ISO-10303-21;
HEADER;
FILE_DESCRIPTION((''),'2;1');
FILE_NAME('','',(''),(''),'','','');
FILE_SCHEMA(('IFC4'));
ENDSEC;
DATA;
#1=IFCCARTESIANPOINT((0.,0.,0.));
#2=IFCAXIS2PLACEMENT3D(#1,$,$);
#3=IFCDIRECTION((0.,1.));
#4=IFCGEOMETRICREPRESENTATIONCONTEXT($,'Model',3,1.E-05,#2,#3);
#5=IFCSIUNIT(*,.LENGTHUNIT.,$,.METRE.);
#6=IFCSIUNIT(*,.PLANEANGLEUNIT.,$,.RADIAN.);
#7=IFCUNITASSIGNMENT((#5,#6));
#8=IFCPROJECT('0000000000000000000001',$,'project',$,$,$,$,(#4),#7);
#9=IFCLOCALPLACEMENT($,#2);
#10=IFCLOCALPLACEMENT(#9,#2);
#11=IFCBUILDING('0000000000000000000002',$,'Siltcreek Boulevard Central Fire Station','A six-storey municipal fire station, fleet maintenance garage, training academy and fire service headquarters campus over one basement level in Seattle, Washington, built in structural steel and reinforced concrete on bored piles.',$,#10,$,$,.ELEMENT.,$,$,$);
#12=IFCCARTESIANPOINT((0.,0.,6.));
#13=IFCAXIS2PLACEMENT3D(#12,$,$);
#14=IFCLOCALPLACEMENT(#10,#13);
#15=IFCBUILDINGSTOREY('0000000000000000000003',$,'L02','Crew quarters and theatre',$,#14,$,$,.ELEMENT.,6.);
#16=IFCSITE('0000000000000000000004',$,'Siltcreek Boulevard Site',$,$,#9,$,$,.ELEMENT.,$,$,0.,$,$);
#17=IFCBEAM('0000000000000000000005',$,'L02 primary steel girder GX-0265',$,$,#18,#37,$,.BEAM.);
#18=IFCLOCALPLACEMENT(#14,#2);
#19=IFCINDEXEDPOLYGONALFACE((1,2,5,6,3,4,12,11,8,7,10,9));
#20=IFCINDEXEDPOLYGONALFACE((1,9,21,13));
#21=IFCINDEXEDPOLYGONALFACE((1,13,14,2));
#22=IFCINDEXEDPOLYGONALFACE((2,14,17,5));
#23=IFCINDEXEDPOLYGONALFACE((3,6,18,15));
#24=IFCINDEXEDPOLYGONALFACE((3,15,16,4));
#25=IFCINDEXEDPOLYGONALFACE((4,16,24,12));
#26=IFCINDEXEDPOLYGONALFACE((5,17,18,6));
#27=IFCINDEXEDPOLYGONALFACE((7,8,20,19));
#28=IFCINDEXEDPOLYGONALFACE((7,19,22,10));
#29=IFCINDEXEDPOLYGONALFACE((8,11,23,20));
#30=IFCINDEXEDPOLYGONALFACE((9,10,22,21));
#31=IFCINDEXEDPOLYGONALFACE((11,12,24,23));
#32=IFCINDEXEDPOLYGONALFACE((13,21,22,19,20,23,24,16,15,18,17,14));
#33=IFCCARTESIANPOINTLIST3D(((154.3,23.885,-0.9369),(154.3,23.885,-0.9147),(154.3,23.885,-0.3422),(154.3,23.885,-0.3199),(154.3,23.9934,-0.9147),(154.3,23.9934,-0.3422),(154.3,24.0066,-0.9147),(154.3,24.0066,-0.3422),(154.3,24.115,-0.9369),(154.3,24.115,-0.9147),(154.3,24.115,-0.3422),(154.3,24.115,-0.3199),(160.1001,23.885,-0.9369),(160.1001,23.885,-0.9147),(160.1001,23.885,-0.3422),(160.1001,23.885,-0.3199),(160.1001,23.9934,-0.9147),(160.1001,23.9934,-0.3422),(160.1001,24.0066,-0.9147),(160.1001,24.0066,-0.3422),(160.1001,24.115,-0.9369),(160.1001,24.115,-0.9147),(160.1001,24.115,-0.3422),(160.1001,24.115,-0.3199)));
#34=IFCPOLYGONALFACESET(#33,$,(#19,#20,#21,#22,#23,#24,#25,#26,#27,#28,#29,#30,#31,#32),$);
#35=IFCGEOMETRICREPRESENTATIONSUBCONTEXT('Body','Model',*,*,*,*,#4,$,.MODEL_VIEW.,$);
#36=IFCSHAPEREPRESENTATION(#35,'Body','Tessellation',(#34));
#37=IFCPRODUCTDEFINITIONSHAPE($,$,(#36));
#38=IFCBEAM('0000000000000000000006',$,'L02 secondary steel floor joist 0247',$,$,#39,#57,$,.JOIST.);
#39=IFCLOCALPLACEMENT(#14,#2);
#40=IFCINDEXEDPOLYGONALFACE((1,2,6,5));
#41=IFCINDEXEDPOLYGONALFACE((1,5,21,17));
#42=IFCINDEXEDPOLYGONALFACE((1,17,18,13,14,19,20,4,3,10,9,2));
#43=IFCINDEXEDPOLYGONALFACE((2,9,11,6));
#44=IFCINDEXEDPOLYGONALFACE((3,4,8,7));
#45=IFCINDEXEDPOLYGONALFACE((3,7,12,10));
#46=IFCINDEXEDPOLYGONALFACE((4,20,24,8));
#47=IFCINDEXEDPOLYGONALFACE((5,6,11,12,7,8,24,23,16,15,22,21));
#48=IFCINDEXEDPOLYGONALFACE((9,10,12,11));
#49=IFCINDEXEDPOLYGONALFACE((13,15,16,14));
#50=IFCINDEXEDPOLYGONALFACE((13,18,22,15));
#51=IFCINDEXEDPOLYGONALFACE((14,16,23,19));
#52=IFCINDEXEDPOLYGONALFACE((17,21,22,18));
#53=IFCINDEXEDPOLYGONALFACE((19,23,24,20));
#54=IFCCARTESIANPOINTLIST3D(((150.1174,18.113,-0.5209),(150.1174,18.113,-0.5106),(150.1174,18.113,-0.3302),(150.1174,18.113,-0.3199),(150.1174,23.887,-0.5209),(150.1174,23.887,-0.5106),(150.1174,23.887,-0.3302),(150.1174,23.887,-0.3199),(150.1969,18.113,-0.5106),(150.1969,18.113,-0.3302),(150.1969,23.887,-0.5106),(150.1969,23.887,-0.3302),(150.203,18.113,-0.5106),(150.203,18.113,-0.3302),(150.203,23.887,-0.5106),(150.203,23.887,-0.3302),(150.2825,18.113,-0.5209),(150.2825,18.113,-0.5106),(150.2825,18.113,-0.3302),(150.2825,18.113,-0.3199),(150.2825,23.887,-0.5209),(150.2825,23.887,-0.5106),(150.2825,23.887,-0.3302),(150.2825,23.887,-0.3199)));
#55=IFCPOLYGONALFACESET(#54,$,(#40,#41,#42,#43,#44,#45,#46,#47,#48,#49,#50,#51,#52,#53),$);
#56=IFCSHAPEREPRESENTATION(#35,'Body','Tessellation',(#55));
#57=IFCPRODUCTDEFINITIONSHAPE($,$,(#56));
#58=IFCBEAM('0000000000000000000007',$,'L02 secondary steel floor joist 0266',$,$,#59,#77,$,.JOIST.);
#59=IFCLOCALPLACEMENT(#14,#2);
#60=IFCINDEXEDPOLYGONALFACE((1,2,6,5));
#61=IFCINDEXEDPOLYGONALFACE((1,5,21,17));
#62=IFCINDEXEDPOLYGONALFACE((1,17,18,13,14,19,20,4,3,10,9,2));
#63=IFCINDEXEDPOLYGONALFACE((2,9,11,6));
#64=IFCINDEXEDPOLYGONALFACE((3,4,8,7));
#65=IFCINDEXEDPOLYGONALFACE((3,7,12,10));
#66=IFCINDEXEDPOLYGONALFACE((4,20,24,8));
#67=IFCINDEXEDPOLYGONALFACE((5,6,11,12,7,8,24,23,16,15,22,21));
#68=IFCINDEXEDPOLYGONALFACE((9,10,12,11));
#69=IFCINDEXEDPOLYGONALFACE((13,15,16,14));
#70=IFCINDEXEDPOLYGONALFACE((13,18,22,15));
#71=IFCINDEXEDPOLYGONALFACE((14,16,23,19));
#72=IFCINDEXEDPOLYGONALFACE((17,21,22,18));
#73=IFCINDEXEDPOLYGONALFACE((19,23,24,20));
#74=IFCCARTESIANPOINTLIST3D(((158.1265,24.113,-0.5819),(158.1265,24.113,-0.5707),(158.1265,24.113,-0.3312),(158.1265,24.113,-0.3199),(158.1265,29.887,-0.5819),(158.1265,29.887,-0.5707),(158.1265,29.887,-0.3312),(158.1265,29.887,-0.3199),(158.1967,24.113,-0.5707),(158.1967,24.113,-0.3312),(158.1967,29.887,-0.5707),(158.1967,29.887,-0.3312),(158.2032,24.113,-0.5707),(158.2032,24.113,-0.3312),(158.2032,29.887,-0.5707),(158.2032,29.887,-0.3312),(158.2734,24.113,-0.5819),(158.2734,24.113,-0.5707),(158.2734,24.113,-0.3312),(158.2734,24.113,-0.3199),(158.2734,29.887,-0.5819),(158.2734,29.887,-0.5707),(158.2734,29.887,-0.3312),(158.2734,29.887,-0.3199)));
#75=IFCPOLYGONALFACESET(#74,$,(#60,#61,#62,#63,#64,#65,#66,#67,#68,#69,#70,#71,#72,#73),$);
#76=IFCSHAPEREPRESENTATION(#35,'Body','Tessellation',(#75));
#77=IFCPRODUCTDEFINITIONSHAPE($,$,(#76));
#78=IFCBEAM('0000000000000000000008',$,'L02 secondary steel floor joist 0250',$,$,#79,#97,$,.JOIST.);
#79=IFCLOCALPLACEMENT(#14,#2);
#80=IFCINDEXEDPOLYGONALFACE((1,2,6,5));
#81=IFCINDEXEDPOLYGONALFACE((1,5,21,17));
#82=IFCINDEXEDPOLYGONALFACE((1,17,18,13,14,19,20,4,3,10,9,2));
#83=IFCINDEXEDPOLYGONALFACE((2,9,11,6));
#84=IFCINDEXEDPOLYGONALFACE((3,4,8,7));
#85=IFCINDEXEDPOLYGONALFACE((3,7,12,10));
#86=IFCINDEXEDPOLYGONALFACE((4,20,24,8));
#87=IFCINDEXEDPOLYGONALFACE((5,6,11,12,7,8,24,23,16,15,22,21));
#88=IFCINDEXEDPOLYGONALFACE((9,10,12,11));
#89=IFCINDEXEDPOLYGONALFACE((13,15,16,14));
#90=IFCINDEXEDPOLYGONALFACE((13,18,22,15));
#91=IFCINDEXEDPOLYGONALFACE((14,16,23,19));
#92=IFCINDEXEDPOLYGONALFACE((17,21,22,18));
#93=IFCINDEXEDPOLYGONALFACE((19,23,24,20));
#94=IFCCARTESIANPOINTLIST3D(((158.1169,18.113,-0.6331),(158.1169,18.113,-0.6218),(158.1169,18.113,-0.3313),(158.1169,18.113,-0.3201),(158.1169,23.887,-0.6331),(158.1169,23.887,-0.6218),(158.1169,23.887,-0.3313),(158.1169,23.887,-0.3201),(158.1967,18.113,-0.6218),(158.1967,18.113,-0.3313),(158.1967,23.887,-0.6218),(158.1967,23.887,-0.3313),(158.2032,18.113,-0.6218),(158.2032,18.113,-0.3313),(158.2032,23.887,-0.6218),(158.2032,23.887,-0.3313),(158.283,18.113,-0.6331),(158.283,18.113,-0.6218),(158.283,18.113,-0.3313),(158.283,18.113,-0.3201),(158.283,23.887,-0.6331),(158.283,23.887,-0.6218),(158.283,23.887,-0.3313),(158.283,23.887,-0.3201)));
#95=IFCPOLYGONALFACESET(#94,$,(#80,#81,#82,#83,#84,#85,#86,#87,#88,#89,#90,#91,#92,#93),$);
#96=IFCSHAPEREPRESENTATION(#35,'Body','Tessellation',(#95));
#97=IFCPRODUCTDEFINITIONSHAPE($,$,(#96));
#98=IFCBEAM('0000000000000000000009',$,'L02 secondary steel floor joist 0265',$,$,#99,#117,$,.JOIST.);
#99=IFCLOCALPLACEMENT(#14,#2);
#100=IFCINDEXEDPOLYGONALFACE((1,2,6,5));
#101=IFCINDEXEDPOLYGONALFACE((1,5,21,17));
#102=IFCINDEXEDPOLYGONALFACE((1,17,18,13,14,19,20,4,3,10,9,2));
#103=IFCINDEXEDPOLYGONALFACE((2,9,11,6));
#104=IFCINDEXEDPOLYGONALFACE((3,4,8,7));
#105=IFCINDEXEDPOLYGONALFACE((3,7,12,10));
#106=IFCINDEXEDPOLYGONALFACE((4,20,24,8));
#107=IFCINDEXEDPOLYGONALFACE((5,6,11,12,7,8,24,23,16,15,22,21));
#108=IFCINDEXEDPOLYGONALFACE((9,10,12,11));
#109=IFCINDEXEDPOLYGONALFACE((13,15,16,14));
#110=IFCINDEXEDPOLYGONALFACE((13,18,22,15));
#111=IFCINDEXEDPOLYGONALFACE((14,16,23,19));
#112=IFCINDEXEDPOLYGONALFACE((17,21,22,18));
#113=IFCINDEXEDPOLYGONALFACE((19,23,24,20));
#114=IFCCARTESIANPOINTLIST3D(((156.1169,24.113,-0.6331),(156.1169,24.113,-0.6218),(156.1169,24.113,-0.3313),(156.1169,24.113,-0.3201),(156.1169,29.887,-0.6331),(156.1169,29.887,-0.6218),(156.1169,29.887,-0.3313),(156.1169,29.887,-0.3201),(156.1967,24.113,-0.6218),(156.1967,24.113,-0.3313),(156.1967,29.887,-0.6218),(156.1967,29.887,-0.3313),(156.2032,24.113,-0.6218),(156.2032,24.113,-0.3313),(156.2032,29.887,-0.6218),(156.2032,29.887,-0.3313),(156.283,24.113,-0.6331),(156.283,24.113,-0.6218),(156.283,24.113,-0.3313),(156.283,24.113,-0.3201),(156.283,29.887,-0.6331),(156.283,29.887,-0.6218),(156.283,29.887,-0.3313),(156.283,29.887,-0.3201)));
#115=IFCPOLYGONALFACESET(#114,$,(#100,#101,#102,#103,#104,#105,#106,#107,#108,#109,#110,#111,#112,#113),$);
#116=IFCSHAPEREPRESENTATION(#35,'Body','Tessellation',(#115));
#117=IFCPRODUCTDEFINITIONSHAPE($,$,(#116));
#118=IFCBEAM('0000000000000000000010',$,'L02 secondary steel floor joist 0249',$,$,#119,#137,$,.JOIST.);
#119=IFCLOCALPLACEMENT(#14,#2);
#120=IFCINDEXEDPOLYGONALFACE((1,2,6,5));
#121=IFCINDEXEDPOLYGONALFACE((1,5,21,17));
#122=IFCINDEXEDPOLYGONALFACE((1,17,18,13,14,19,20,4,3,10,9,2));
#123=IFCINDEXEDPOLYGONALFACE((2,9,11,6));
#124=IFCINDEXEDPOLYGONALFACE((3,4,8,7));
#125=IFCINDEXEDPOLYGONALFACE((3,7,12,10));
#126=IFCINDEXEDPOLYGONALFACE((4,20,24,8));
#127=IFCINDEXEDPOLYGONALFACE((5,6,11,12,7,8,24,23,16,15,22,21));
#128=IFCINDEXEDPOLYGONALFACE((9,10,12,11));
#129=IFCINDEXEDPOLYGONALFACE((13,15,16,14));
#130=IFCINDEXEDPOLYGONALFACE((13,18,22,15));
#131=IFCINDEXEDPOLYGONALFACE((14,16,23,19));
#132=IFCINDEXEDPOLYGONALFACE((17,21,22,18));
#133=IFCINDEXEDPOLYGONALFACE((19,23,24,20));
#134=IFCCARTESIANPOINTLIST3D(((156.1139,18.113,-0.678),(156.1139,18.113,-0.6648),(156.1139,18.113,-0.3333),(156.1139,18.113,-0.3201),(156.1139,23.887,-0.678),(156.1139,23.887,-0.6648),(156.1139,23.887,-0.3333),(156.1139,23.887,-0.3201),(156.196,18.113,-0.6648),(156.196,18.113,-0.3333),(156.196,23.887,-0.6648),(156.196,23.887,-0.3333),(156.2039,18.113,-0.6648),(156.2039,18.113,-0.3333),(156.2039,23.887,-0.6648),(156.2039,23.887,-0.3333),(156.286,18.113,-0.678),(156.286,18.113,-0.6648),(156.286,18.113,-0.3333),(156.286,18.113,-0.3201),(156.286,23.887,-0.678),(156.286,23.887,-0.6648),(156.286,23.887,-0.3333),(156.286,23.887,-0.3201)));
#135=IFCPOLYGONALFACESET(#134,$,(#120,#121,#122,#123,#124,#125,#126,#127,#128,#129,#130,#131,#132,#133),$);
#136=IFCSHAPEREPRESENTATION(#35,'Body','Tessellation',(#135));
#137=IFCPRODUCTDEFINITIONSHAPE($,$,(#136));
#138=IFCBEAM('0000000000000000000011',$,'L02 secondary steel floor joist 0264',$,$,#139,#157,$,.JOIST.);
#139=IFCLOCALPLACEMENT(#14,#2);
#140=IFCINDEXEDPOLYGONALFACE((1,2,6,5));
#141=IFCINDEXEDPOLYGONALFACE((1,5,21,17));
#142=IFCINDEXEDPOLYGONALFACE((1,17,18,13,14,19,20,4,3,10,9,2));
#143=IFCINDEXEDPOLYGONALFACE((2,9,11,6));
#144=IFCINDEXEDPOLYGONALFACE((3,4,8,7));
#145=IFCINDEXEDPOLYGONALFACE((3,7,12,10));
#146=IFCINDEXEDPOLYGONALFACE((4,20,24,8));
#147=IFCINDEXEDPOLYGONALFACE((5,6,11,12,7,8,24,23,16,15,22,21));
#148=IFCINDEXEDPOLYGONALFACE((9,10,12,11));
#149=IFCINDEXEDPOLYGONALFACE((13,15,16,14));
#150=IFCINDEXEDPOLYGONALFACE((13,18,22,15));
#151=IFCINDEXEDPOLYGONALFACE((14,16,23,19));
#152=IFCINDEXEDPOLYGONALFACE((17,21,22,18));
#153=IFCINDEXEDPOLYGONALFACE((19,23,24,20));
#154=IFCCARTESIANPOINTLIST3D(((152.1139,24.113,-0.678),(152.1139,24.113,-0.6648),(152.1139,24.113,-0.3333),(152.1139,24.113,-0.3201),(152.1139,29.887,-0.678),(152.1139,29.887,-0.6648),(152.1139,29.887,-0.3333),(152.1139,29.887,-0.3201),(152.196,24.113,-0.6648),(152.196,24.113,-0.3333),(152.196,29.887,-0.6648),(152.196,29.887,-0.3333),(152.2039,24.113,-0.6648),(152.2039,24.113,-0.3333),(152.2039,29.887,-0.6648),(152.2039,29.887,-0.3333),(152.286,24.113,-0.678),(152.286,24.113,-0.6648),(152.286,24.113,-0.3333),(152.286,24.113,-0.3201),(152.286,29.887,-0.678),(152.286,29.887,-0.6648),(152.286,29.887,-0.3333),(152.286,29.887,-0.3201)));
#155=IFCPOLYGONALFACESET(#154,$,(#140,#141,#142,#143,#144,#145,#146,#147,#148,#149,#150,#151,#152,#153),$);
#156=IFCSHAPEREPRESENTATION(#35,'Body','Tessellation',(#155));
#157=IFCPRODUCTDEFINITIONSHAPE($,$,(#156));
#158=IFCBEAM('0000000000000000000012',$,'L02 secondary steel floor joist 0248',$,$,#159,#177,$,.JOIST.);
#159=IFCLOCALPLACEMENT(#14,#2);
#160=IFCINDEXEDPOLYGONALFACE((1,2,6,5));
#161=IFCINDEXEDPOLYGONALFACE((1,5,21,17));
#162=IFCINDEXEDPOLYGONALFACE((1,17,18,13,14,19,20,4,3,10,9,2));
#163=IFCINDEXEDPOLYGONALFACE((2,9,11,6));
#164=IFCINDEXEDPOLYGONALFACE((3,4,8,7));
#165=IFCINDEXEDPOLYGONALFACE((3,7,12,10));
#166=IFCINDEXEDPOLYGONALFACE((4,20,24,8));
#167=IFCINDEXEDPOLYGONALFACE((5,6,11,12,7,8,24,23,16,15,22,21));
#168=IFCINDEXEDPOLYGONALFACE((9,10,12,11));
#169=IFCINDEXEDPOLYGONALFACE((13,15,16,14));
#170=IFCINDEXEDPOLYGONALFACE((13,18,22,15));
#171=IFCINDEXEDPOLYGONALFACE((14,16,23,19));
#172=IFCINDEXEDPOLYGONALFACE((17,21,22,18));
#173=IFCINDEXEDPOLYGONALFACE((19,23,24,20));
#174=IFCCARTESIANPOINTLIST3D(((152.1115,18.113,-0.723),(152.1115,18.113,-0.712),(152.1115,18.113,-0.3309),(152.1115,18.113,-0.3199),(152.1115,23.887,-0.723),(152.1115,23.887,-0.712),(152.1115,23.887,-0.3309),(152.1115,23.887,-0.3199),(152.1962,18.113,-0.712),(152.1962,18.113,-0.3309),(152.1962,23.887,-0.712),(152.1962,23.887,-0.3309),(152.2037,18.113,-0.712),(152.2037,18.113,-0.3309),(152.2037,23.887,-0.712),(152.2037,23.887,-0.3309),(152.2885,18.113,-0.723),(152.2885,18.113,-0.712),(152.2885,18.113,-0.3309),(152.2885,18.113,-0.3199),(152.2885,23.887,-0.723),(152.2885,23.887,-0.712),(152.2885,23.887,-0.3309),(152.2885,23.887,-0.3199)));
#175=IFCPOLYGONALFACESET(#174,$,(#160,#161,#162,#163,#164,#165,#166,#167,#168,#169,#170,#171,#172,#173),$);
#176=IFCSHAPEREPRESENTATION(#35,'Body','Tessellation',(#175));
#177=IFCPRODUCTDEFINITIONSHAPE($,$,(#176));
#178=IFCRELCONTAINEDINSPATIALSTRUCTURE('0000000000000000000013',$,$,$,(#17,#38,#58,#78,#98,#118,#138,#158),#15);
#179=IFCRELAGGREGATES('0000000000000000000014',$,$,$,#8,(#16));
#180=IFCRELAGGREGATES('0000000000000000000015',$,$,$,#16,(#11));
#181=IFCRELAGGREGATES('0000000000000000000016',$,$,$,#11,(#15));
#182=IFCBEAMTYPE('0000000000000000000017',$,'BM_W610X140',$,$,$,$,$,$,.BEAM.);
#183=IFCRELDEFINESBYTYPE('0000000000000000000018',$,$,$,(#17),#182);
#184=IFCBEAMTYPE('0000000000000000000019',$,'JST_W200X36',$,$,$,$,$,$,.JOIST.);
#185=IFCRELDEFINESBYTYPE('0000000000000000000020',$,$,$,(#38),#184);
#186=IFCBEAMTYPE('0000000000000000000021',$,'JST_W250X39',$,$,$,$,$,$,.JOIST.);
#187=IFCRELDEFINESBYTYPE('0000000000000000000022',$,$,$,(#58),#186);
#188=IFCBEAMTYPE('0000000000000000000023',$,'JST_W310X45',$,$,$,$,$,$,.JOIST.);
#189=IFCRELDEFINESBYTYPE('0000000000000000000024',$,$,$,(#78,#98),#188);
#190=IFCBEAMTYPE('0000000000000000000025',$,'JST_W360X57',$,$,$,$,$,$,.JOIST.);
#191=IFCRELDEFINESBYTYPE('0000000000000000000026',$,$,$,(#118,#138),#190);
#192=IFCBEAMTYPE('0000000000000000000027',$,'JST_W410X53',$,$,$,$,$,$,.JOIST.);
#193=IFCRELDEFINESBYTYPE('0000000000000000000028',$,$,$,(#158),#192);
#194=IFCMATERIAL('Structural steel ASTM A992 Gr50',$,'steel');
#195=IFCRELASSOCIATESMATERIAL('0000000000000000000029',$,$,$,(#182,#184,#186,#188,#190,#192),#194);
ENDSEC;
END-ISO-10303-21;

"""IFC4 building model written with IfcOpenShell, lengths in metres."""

from ifc_helpers import new_model, si_unit, direction, frame, origin, origin_2d, place, context, subcontext, project, spatial, i_section, extrude, material, material_profile, profile_set, type_object, element, save


model = new_model("IFC4")

# Units and contexts
model_context = context("Model", 3, precision=1e-05, world=origin(), true_north=direction((0.0, 1.0)))
body_context = subcontext(model_context, "Body", "Model", "MODEL_VIEW")
ifc_project = project(units=[si_unit("LENGTHUNIT", "METRE"), si_unit("PLANEANGLEUNIT", "RADIAN")], contexts=[model_context])

# Site, building, storey
site_placement = place(None, origin())
site = spatial("IfcSite", under=ifc_project, at=site_placement, Name="Siltcreek Boulevard Site", CompositionType="ELEMENT", RefElevation=0.0)
building_placement = place(site_placement, origin())
building = spatial("IfcBuilding", under=site, at=building_placement, Name="Siltcreek Boulevard Central Fire Station", Description="A six-storey municipal fire station, fleet maintenance garage, training academy and fire service headquarters campus over one basement level in Seattle, Washington, built in structural steel and reinforced concrete on bored piles.", CompositionType="ELEMENT")
storey_placement = place(building_placement, frame((0.0, 0.0, 6.0)))
storey = spatial("IfcBuildingStorey", under=building, at=storey_placement, Name="L02", Description="Crew quarters and theatre", CompositionType="ELEMENT", Elevation=6.0)

# Shared definitions
ifc_material_1 = material(Name="Structural steel ASTM A992 Gr50", Category="steel")

# Beams
ifc_material_profile_1 = material_profile(ifc_material_1, i_section(OverallWidth=0.23, OverallDepth=0.6169, WebThickness=0.0132, FlangeThickness=0.0222, at=origin_2d()), Name="W610X140")
ifc_profile_set_1 = profile_set([ifc_material_profile_1], Name="Structural steel ASTM A992 Gr50")
beam_type_1 = type_object("IfcBeamType", Name="BM_W610X140", PredefinedType="BEAM", material=ifc_profile_set_1)
for number, where, z_axis, x_axis, name in (
    (1, (154.3, 24.0, -0.6284), (1.0, 0.0, 0.0), (0.0, 1.0, 0.0), "L02 primary steel girder GX-0265"),
):
    element("IfcBeam", number, at=place(storey_placement, frame(where, z_axis=z_axis, x_axis=x_axis)), inside=storey, type_object=beam_type_1, Name=name, PredefinedType="BEAM", context=body_context, shape_type="SweptSolid", body=[
        extrude(i_section(OverallWidth=0.23, OverallDepth=0.6169, WebThickness=0.0132, FlangeThickness=0.0222, at=origin_2d()), origin(), (0.0, 0.0, 1.0), 5.8),
    ])
ifc_material_profile_2 = material_profile(ifc_material_1, i_section(OverallWidth=0.165, OverallDepth=0.2009, WebThickness=0.0061, FlangeThickness=0.0103, at=origin_2d()), Name="W200X36")
ifc_profile_set_2 = profile_set([ifc_material_profile_2], Name="Structural steel ASTM A992 Gr50")
beam_type_2 = type_object("IfcBeamType", Name="JST_W200X36", PredefinedType="JOIST", material=ifc_profile_set_2)
beam_1_placement = place(storey_placement, frame((150.2, 18.113, -0.4204), z_axis=(0.0, 1.0, 0.0), x_axis=(-1.0, 0.0, 0.0)))
element("IfcBeam", 2, at=beam_1_placement, inside=storey, type_object=beam_type_2, Name="L02 secondary steel floor joist 0247", PredefinedType="JOIST", context=body_context, shape_type="SweptSolid", body=[
    extrude(i_section(OverallWidth=0.165, OverallDepth=0.2009, WebThickness=0.0061, FlangeThickness=0.0103, at=origin_2d()), origin(), (0.0, 0.0, 1.0), 5.7739),
])
ifc_material_profile_3 = material_profile(ifc_material_1, i_section(OverallWidth=0.147, OverallDepth=0.262, WebThickness=0.0066, FlangeThickness=0.0112, at=origin_2d()), Name="W250X39")
ifc_profile_set_3 = profile_set([ifc_material_profile_3], Name="Structural steel ASTM A992 Gr50")
beam_type_3 = type_object("IfcBeamType", Name="JST_W250X39", PredefinedType="JOIST", material=ifc_profile_set_3)
beam_2_placement = place(storey_placement, frame((158.2, 24.113, -0.4509), z_axis=(0.0, 1.0, 0.0), x_axis=(-1.0, 0.0, 0.0)))
element("IfcBeam", 3, at=beam_2_placement, inside=storey, type_object=beam_type_3, Name="L02 secondary steel floor joist 0266", PredefinedType="JOIST", context=body_context, shape_type="SweptSolid", body=[
    extrude(i_section(OverallWidth=0.147, OverallDepth=0.262, WebThickness=0.0066, FlangeThickness=0.0112, at=origin_2d()), origin(), (0.0, 0.0, 1.0), 5.7739),
])
ifc_material_profile_4 = material_profile(ifc_material_1, i_section(OverallWidth=0.166, OverallDepth=0.313, WebThickness=0.0066, FlangeThickness=0.0112, at=origin_2d()), Name="W310X45")
ifc_profile_set_4 = profile_set([ifc_material_profile_4], Name="Structural steel ASTM A992 Gr50")
beam_type_4 = type_object("IfcBeamType", Name="JST_W310X45", PredefinedType="JOIST", material=ifc_profile_set_4)
for number, where, z_axis, x_axis, name in (
    (4, (158.2, 18.113, -0.4766), (0.0, 1.0, 0.0), (-1.0, 0.0, 0.0), "L02 secondary steel floor joist 0250"),
    (5, (156.2, 24.113, -0.4766), (0.0, 1.0, 0.0), (-1.0, 0.0, 0.0), "L02 secondary steel floor joist 0265"),
):
    element("IfcBeam", number, at=place(storey_placement, frame(where, z_axis=z_axis, x_axis=x_axis)), inside=storey, type_object=beam_type_4, Name=name, PredefinedType="JOIST", context=body_context, shape_type="SweptSolid", body=[
        extrude(i_section(OverallWidth=0.166, OverallDepth=0.313, WebThickness=0.0066, FlangeThickness=0.0112, at=origin_2d()), origin(), (0.0, 0.0, 1.0), 5.7739),
    ])
ifc_material_profile_5 = material_profile(ifc_material_1, i_section(OverallWidth=0.1721, OverallDepth=0.3579, WebThickness=0.0078, FlangeThickness=0.0132, at=origin_2d()), Name="W360X57")
ifc_profile_set_5 = profile_set([ifc_material_profile_5], Name="Structural steel ASTM A992 Gr50")
beam_type_5 = type_object("IfcBeamType", Name="JST_W360X57", PredefinedType="JOIST", material=ifc_profile_set_5)
for number, where, z_axis, x_axis, name in (
    (6, (156.2, 18.113, -0.499), (0.0, 1.0, 0.0), (-1.0, 0.0, 0.0), "L02 secondary steel floor joist 0249"),
    (7, (152.2, 24.113, -0.499), (0.0, 1.0, 0.0), (-1.0, 0.0, 0.0), "L02 secondary steel floor joist 0264"),
):
    element("IfcBeam", number, at=place(storey_placement, frame(where, z_axis=z_axis, x_axis=x_axis)), inside=storey, type_object=beam_type_5, Name=name, PredefinedType="JOIST", context=body_context, shape_type="SweptSolid", body=[
        extrude(i_section(OverallWidth=0.1721, OverallDepth=0.3579, WebThickness=0.0078, FlangeThickness=0.0132, at=origin_2d()), origin(), (0.0, 0.0, 1.0), 5.7739),
    ])
ifc_material_profile_6 = material_profile(ifc_material_1, i_section(OverallWidth=0.177, OverallDepth=0.4031, WebThickness=0.0076, FlangeThickness=0.011, at=origin_2d()), Name="W410X53")
ifc_profile_set_6 = profile_set([ifc_material_profile_6], Name="Structural steel ASTM A992 Gr50")
beam_type_6 = type_object("IfcBeamType", Name="JST_W410X53", PredefinedType="JOIST", material=ifc_profile_set_6)
for number, where, z_axis, x_axis, name in (
    (8, (152.2, 18.113, -0.5215), (0.0, 1.0, 0.0), (-1.0, 0.0, 0.0), "L02 secondary steel floor joist 0248"),
):
    element("IfcBeam", number, at=place(storey_placement, frame(where, z_axis=z_axis, x_axis=x_axis)), inside=storey, type_object=beam_type_6, Name=name, PredefinedType="JOIST", context=body_context, shape_type="SweptSolid", body=[
        extrude(i_section(OverallWidth=0.177, OverallDepth=0.4031, WebThickness=0.0076, FlangeThickness=0.011, at=origin_2d()), origin(), (0.0, 0.0, 1.0), 5.7739),
    ])

save(model, "model.ifc")
